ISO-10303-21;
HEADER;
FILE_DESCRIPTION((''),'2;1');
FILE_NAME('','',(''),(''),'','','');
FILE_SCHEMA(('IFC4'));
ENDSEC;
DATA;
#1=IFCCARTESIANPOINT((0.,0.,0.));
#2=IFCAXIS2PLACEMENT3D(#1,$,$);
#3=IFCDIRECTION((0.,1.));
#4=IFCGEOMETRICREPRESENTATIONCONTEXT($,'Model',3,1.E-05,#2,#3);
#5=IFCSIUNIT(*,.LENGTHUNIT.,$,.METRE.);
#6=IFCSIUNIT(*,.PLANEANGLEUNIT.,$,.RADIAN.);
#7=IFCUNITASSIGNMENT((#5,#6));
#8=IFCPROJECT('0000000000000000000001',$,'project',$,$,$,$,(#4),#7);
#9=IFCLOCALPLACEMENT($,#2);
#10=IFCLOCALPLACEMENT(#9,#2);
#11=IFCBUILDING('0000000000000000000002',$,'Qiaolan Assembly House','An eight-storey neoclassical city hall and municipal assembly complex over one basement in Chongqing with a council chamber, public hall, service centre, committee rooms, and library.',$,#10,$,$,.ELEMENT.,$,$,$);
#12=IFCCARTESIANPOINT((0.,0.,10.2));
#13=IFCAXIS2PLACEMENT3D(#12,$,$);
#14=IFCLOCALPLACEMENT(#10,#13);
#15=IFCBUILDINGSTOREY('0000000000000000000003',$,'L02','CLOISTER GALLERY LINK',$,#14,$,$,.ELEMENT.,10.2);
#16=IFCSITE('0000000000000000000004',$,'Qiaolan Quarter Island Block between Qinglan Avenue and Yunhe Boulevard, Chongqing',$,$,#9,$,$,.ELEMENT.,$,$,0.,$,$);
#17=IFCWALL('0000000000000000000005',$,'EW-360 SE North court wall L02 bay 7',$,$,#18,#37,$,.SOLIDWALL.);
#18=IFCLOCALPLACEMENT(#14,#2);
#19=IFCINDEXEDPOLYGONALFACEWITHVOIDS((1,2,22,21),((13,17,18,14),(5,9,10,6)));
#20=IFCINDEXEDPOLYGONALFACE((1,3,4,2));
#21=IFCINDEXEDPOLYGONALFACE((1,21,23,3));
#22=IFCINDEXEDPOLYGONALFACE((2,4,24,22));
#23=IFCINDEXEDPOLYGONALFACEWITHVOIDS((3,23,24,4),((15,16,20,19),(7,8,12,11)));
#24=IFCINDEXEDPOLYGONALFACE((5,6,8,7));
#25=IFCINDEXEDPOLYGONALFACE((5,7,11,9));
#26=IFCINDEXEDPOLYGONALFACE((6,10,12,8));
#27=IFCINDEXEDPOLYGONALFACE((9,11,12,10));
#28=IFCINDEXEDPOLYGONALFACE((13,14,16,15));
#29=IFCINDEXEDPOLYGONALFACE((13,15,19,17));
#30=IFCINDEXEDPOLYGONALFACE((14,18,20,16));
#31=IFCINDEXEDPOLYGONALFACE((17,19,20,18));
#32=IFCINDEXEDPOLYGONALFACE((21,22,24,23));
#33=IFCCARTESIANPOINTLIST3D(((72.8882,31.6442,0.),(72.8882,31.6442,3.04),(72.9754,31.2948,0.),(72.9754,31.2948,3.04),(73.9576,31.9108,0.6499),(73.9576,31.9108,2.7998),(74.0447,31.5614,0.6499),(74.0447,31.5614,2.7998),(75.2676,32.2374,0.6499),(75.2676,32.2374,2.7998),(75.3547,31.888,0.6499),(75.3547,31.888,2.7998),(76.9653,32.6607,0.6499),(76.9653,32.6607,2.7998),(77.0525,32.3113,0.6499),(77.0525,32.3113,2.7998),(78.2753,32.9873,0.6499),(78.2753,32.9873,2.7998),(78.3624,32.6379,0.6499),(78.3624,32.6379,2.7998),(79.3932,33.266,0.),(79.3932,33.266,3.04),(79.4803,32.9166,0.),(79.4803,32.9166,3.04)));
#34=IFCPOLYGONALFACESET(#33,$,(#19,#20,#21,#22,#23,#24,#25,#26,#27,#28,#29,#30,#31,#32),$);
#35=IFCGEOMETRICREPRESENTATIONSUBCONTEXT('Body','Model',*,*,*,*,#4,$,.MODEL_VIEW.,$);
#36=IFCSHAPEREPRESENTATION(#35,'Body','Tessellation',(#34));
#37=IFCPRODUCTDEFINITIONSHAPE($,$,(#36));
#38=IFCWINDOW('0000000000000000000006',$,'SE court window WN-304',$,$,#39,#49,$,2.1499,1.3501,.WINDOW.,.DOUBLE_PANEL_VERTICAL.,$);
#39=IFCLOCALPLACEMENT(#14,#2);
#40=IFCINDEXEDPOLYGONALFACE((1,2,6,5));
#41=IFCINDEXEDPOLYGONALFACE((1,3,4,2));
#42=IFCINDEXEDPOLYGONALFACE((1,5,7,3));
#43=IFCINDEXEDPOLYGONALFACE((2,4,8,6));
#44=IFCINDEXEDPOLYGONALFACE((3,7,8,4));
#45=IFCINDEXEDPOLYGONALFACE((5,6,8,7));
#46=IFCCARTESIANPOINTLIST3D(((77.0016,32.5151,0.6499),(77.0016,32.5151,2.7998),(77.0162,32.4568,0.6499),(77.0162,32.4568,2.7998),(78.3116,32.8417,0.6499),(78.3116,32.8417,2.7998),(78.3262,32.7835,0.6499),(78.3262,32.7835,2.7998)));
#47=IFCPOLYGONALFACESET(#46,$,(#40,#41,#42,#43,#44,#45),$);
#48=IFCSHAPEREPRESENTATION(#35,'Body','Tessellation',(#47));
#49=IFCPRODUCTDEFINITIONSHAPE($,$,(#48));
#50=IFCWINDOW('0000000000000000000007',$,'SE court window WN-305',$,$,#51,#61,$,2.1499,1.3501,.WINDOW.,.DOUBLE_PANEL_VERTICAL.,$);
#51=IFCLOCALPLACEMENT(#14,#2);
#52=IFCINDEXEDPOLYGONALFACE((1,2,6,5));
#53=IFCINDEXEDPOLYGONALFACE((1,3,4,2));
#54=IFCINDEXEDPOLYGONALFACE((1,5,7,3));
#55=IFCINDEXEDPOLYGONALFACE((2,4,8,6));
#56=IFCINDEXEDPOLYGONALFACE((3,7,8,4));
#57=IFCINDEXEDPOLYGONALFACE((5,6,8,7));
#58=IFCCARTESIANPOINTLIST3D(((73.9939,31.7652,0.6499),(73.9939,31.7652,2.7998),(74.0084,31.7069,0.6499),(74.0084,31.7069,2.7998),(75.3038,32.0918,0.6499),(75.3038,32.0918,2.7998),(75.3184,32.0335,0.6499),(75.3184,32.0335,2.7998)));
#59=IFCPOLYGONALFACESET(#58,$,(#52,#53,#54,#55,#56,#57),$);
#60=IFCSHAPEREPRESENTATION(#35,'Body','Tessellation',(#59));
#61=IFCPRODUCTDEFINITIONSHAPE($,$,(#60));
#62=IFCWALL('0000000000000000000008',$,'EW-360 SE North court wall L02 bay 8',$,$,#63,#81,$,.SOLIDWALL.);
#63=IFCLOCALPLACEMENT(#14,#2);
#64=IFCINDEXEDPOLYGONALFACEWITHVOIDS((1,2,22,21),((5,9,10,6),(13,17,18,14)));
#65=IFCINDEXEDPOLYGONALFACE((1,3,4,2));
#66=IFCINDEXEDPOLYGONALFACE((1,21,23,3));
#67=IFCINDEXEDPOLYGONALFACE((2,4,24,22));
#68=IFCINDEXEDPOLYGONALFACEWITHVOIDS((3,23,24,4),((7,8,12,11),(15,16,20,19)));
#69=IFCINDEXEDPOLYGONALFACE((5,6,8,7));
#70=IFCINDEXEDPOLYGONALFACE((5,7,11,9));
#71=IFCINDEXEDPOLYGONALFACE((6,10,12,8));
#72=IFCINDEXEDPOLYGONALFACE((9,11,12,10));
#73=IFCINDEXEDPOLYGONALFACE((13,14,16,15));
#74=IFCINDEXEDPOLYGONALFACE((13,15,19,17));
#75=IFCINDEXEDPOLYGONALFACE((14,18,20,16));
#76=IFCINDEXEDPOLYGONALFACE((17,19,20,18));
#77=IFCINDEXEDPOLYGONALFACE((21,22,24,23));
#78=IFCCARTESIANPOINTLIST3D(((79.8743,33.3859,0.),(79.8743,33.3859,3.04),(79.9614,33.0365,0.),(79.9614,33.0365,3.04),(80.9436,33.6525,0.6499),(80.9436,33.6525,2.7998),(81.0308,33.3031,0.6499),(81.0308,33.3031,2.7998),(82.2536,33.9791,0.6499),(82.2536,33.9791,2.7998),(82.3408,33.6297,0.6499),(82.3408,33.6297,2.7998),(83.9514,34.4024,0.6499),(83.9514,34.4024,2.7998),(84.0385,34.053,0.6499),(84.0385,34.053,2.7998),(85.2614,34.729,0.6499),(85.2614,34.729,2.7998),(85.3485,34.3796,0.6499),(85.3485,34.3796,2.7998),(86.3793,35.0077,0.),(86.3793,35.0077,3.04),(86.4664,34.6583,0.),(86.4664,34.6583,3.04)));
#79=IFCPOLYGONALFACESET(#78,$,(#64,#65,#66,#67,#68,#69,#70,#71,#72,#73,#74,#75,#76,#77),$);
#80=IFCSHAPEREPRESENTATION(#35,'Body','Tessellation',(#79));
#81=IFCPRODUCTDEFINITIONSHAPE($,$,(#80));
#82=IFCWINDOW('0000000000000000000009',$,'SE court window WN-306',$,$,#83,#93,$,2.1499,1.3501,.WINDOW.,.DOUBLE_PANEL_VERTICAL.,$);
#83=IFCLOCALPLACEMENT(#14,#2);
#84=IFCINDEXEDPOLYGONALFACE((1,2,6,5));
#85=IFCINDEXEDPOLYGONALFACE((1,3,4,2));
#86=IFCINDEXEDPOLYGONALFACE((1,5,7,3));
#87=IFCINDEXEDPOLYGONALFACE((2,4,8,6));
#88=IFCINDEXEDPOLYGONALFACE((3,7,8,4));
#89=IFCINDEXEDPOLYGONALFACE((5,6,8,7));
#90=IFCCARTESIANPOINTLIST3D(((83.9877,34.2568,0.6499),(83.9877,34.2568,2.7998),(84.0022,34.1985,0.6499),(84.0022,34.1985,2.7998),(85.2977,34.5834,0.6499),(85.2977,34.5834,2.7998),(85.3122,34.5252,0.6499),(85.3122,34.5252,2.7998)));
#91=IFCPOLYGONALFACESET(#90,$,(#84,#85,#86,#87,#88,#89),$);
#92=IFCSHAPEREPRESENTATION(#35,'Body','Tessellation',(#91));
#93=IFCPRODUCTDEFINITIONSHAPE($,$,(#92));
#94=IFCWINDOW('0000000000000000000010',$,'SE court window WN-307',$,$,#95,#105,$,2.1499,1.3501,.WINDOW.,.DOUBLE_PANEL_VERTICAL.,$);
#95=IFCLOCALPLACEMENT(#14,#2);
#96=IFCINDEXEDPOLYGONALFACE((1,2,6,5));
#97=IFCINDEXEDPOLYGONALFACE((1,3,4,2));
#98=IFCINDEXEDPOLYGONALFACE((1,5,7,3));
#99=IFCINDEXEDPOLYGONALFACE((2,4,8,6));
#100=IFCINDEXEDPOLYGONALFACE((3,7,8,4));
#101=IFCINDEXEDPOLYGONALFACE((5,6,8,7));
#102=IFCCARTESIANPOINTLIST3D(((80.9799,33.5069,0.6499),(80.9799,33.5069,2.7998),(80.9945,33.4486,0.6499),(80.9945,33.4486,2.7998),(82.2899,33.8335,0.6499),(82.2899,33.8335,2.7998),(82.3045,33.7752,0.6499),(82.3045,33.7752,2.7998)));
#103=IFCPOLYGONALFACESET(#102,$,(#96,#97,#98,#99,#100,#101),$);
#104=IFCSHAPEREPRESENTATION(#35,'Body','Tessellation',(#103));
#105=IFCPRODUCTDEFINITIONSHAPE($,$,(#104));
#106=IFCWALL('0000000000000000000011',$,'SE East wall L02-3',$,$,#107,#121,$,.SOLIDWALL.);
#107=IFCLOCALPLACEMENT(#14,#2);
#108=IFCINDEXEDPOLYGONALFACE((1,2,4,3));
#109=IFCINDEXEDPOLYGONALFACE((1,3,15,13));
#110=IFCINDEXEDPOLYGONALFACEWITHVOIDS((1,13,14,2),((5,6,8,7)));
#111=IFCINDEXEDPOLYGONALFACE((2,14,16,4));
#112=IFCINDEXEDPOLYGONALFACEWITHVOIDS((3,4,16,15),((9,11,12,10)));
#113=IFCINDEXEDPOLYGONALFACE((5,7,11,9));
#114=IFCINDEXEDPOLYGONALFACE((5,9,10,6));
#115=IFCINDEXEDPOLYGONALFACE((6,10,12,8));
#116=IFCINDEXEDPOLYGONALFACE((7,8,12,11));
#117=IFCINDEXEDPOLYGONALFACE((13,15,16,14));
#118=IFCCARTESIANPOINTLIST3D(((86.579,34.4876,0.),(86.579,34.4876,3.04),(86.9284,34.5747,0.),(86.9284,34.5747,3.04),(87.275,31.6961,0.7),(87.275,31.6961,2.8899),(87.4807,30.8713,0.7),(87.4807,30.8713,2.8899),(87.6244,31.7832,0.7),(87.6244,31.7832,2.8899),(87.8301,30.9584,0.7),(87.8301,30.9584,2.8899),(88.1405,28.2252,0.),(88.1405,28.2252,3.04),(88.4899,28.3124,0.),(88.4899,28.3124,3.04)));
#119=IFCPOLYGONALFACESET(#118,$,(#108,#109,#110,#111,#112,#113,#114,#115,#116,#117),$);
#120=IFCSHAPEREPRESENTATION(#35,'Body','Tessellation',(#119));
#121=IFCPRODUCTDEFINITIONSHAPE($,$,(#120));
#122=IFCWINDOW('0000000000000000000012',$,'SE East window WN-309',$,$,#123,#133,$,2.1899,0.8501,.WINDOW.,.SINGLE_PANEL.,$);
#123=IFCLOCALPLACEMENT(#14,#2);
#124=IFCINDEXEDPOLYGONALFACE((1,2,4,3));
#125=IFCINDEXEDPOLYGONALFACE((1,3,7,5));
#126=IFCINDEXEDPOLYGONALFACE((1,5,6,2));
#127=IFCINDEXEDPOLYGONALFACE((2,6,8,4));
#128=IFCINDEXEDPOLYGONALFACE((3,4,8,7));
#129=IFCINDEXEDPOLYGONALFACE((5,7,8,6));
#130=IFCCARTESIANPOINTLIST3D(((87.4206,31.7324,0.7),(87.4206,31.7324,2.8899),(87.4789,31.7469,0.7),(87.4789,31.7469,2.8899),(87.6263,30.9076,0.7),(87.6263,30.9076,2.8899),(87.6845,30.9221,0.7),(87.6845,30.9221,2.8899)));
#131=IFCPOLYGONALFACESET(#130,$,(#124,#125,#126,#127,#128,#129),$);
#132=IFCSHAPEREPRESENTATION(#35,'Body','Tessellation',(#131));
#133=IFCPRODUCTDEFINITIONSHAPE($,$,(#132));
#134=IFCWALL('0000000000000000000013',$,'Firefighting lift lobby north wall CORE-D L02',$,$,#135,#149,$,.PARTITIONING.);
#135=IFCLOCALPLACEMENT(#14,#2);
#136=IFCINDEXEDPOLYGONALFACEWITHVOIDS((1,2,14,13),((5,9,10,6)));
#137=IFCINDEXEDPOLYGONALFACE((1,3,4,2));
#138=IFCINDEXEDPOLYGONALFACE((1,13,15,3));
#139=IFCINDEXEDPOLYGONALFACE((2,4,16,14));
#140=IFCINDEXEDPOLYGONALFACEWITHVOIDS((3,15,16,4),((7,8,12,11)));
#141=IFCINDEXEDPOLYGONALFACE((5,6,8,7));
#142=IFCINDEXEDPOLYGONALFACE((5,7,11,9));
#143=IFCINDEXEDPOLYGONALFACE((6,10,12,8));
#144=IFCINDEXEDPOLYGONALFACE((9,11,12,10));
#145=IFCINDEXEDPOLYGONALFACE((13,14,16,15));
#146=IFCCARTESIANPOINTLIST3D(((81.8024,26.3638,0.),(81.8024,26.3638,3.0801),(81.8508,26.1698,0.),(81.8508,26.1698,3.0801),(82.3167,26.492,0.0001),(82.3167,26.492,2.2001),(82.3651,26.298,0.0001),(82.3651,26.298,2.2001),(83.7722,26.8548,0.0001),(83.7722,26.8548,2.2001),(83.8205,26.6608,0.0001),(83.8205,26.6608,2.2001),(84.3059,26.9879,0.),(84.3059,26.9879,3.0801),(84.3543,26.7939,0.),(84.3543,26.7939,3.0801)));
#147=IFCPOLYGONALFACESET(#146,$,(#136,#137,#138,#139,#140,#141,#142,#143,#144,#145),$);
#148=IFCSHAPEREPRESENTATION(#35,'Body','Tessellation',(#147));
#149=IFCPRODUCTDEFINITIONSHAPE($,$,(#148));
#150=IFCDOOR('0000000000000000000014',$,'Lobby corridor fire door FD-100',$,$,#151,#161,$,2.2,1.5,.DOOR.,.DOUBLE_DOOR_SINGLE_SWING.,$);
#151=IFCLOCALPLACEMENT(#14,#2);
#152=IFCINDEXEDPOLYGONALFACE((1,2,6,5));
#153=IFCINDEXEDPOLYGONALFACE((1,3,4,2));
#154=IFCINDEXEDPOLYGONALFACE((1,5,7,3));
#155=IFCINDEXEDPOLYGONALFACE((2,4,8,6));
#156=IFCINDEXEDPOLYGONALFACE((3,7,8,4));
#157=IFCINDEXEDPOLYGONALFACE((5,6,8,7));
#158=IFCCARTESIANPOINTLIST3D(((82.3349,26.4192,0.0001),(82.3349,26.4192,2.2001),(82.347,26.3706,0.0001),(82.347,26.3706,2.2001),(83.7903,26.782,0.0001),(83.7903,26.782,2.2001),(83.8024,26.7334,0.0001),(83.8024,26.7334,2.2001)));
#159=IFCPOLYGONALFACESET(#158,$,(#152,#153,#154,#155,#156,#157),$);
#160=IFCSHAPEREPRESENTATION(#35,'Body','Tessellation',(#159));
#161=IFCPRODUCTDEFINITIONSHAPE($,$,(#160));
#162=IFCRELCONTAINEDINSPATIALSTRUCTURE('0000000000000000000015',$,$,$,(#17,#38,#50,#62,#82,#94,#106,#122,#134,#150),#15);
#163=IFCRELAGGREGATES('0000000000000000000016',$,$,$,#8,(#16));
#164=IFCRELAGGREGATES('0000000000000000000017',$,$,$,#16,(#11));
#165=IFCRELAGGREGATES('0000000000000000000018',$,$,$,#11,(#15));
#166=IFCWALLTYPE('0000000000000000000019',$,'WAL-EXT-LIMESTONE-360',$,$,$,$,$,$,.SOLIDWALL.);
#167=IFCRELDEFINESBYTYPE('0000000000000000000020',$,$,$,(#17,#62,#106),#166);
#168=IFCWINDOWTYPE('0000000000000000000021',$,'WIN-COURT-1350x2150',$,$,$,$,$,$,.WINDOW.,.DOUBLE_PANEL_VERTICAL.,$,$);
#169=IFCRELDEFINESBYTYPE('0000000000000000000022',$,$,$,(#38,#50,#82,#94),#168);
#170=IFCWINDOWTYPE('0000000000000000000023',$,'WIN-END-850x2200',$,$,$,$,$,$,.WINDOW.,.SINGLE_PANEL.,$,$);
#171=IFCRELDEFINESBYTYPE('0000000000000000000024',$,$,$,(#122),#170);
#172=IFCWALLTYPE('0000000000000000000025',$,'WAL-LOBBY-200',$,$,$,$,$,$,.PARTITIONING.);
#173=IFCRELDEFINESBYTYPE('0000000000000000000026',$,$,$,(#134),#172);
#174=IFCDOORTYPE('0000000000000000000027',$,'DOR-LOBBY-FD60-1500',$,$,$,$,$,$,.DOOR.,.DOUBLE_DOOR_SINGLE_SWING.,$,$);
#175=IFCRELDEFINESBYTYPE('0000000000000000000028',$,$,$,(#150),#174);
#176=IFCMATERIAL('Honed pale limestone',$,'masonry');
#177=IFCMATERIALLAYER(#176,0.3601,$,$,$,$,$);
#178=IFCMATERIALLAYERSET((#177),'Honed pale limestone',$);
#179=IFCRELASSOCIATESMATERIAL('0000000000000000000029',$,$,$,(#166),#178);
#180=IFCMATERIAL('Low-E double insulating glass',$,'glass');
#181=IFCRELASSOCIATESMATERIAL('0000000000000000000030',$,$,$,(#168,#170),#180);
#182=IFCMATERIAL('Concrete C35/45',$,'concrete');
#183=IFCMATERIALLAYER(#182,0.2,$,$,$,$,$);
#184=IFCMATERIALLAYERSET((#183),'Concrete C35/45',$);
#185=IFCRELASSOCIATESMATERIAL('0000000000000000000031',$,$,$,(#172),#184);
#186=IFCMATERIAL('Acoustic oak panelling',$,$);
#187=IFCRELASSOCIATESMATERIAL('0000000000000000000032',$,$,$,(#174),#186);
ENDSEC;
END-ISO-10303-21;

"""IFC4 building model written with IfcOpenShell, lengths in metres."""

from ifc_helpers import new_model, si_unit, direction, frame, frame_2d, origin, place, context, subcontext, project, spatial, rectangle, extrude, material, layer, layer_set, type_object, element, fill, save


model = new_model("IFC4")

# Units and contexts
model_context = context("Model", 3, precision=1e-05, world=origin(), true_north=direction((0.0, 1.0)))
body_context = subcontext(model_context, "Body", "Model", "MODEL_VIEW")
ifc_project = project(units=[si_unit("LENGTHUNIT", "METRE"), si_unit("PLANEANGLEUNIT", "RADIAN")], contexts=[model_context])

# Site, building, storey
site_placement = place(None, origin())
site = spatial("IfcSite", under=ifc_project, at=site_placement, Name="Qiaolan Quarter Island Block between Qinglan Avenue and Yunhe Boulevard, Chongqing", CompositionType="ELEMENT", RefElevation=0.0)
building_placement = place(site_placement, origin())
building = spatial("IfcBuilding", under=site, at=building_placement, Name="Qiaolan Assembly House", Description="An eight-storey neoclassical city hall and municipal assembly complex over one basement in Chongqing with a council chamber, public hall, service centre, committee rooms, and library.", CompositionType="ELEMENT")
storey_placement = place(building_placement, frame((0.0, 0.0, 10.2)))
storey = spatial("IfcBuildingStorey", under=building, at=storey_placement, Name="L02", Description="CLOISTER GALLERY LINK", CompositionType="ELEMENT", Elevation=10.2)

# Walls, openings, windows
ifc_material_1 = material(Name="Honed pale limestone", Category="masonry")
ifc_layer_1 = layer(ifc_material_1, 0.3601)
ifc_layer_set_1 = layer_set([ifc_layer_1], Name="Honed pale limestone")
wall_type_1 = type_object("IfcWallType", Name="WAL-EXT-LIMESTONE-360", PredefinedType="SOLIDWALL", material=ifc_layer_set_1)
wall_1_placement = place(storey_placement, frame((79.4368, 33.0913, 0.0), z_axis=(0.0, 0.0, 1.0), x_axis=(-0.970297, -0.241919, 0.0)))
wall_1 = element("IfcWall", 1, at=wall_1_placement, inside=storey, type_object=wall_type_1, Name="EW-360 SE North court wall L02 bay 7", PredefinedType="SOLIDWALL", context=body_context, shape_type="SweptSolid", body=[
    extrude(rectangle(XDim=6.7041, YDim=0.3601, at=frame_2d((3.3521, 0.0))), origin(), (0.0, 0.0, 1.0), 3.04),
])
opening_1_placement = place(wall_1_placement, frame((1.1521, 0.0, 0.6499)))
opening_1 = element("IfcOpeningElement", 2, at=opening_1_placement, cuts=wall_1, PredefinedType="OPENING", context=body_context, shape_type="SweptSolid", body=[
    extrude(rectangle(XDim=1.3501, YDim=2.1499, at=frame_2d((0.675, 1.075))), frame((0.0, 0.1899, 0.0), z_axis=(0.0, -1.0, 0.0), x_axis=(1.0, 0.0, 0.0)), (0.0, 0.0, 1.0), 0.3801),
])
opening_2_placement = place(wall_1_placement, frame((4.252, 0.0, 0.6499)))
opening_2 = element("IfcOpeningElement", 3, at=opening_2_placement, cuts=wall_1, PredefinedType="OPENING", context=body_context, shape_type="SweptSolid", body=[
    extrude(rectangle(XDim=1.3501, YDim=2.1499, at=frame_2d((0.675, 1.075))), frame((0.0, 0.1899, 0.0), z_axis=(0.0, -1.0, 0.0), x_axis=(1.0, 0.0, 0.0)), (0.0, 0.0, 1.0), 0.3801),
])
ifc_material_2 = material(Name="Low-E double insulating glass", Category="glass")
window_type_1 = type_object("IfcWindowType", Name="WIN-COURT-1350x2150", PartitioningType="DOUBLE_PANEL_VERTICAL", PredefinedType="WINDOW", material=ifc_material_2)
window_1_placement = place(opening_1_placement, origin())
window_1 = element("IfcWindow", 4, at=window_1_placement, inside=storey, type_object=window_type_1, Name="SE court window WN-304", OverallHeight=2.1499, OverallWidth=1.3501, PartitioningType="DOUBLE_PANEL_VERTICAL", PredefinedType="WINDOW", context=body_context, shape_type="SweptSolid", body=[
    extrude(rectangle(XDim=1.3501, YDim=2.1499, at=frame_2d((0.675, 1.075))), frame((0.0, 0.03, 0.0), z_axis=(0.0, -1.0, 0.0), x_axis=(1.0, 0.0, 0.0)), (0.0, 0.0, 1.0), 0.0601),
])
fill(opening_1, window_1)
window_2_placement = place(opening_2_placement, origin())
window_2 = element("IfcWindow", 5, at=window_2_placement, inside=storey, type_object=window_type_1, Name="SE court window WN-305", OverallHeight=2.1499, OverallWidth=1.3501, PartitioningType="DOUBLE_PANEL_VERTICAL", PredefinedType="WINDOW", context=body_context, shape_type="SweptSolid", body=[
    extrude(rectangle(XDim=1.3501, YDim=2.1499, at=frame_2d((0.675, 1.075))), frame((0.0, 0.03, 0.0), z_axis=(0.0, -1.0, 0.0), x_axis=(1.0, 0.0, 0.0)), (0.0, 0.0, 1.0), 0.0601),
])
fill(opening_2, window_2)
wall_2_placement = place(storey_placement, frame((86.4229, 34.833, 0.0), z_axis=(0.0, 0.0, 1.0), x_axis=(-0.970297, -0.241919, 0.0)))
wall_2 = element("IfcWall", 6, at=wall_2_placement, inside=storey, type_object=wall_type_1, Name="EW-360 SE North court wall L02 bay 8", PredefinedType="SOLIDWALL", context=body_context, shape_type="SweptSolid", body=[
    extrude(rectangle(XDim=6.7041, YDim=0.3601, at=frame_2d((3.3521, 0.0))), origin(), (0.0, 0.0, 1.0), 3.04),
])
opening_3_placement = place(wall_2_placement, frame((1.1521, 0.0, 0.6499)))
opening_3 = element("IfcOpeningElement", 7, at=opening_3_placement, cuts=wall_2, PredefinedType="OPENING", context=body_context, shape_type="SweptSolid", body=[
    extrude(rectangle(XDim=1.3501, YDim=2.1499, at=frame_2d((0.675, 1.075))), frame((0.0, 0.1899, 0.0), z_axis=(0.0, -1.0, 0.0), x_axis=(1.0, 0.0, 0.0)), (0.0, 0.0, 1.0), 0.3801),
])
opening_4_placement = place(wall_2_placement, frame((4.252, 0.0, 0.6499)))
opening_4 = element("IfcOpeningElement", 8, at=opening_4_placement, cuts=wall_2, PredefinedType="OPENING", context=body_context, shape_type="SweptSolid", body=[
    extrude(rectangle(XDim=1.3501, YDim=2.1499, at=frame_2d((0.675, 1.075))), frame((0.0, 0.1899, 0.0), z_axis=(0.0, -1.0, 0.0), x_axis=(1.0, 0.0, 0.0)), (0.0, 0.0, 1.0), 0.3801),
])
window_3_placement = place(opening_3_placement, origin())
window_3 = element("IfcWindow", 9, at=window_3_placement, inside=storey, type_object=window_type_1, Name="SE court window WN-306", OverallHeight=2.1499, OverallWidth=1.3501, PartitioningType="DOUBLE_PANEL_VERTICAL", PredefinedType="WINDOW", context=body_context, shape_type="SweptSolid", body=[
    extrude(rectangle(XDim=1.3501, YDim=2.1499, at=frame_2d((0.675, 1.075))), frame((0.0, 0.03, 0.0), z_axis=(0.0, -1.0, 0.0), x_axis=(1.0, 0.0, 0.0)), (0.0, 0.0, 1.0), 0.0601),
])
fill(opening_3, window_3)
window_4_placement = place(opening_4_placement, origin())
window_4 = element("IfcWindow", 10, at=window_4_placement, inside=storey, type_object=window_type_1, Name="SE court window WN-307", OverallHeight=2.1499, OverallWidth=1.3501, PartitioningType="DOUBLE_PANEL_VERTICAL", PredefinedType="WINDOW", context=body_context, shape_type="SweptSolid", body=[
    extrude(rectangle(XDim=1.3501, YDim=2.1499, at=frame_2d((0.675, 1.075))), frame((0.0, 0.03, 0.0), z_axis=(0.0, -1.0, 0.0), x_axis=(1.0, 0.0, 0.0)), (0.0, 0.0, 1.0), 0.0601),
])
fill(opening_4, window_4)

# Wall, opening, window
wall_3_placement = place(storey_placement, frame((88.3152, 28.2688, 0.0), z_axis=(0.0, 0.0, 1.0), x_axis=(-0.241939, 0.970291, 0.0)))
wall_3 = element("IfcWall", 11, at=wall_3_placement, inside=storey, type_object=wall_type_1, Name="SE East wall L02-3", PredefinedType="SOLIDWALL", context=body_context, shape_type="SweptSolid", body=[
    extrude(rectangle(XDim=6.4541, YDim=0.3601, at=frame_2d((3.2271, 0.0))), origin(), (0.0, 0.0, 1.0), 3.04),
])
opening_5_placement = place(wall_3_placement, frame((2.7271, 0.0, 0.7)))
opening_5 = element("IfcOpeningElement", 12, at=opening_5_placement, cuts=wall_3, PredefinedType="OPENING", context=body_context, shape_type="SweptSolid", body=[
    extrude(rectangle(XDim=0.8501, YDim=2.1899, at=frame_2d((0.425, 1.095))), frame((0.0, 0.1899, 0.0), z_axis=(0.0, -1.0, 0.0), x_axis=(1.0, 0.0, 0.0)), (0.0, 0.0, 1.0), 0.3801),
])
window_type_2 = type_object("IfcWindowType", Name="WIN-END-850x2200", PartitioningType="SINGLE_PANEL", PredefinedType="WINDOW", material=ifc_material_2)
window_5_placement = place(opening_5_placement, origin())
window_5 = element("IfcWindow", 13, at=window_5_placement, inside=storey, type_object=window_type_2, Name="SE East window WN-309", OverallHeight=2.1899, OverallWidth=0.8501, PartitioningType="SINGLE_PANEL", PredefinedType="WINDOW", context=body_context, shape_type="SweptSolid", body=[
    extrude(rectangle(XDim=0.8501, YDim=2.1899, at=frame_2d((0.425, 1.095))), frame((0.0, 0.03, 0.0), z_axis=(0.0, -1.0, 0.0), x_axis=(1.0, 0.0, 0.0)), (0.0, 0.0, 1.0), 0.0601),
])
fill(opening_5, window_5)

# Wall, opening, door
ifc_material_3 = material(Name="Concrete C35/45", Category="concrete")
ifc_layer_2 = layer(ifc_material_3, 0.2)
ifc_layer_set_2 = layer_set([ifc_layer_2], Name="Concrete C35/45")
wall_type_2 = type_object("IfcWallType", Name="WAL-LOBBY-200", PredefinedType="PARTITIONING", material=ifc_layer_set_2)
wall_4_placement = place(storey_placement, frame((84.3301, 26.8909, 0.0), z_axis=(0.0, 0.0, 1.0), x_axis=(-0.970309, -0.241868, 0.0)))
wall_4 = element("IfcWall", 14, at=wall_4_placement, inside=storey, type_object=wall_type_2, Name="Firefighting lift lobby north wall CORE-D L02", PredefinedType="PARTITIONING", context=body_context, shape_type="SweptSolid", body=[
    extrude(rectangle(XDim=2.5801, YDim=0.2, at=frame_2d((1.29, 0.0))), origin(), (0.0, 0.0, 1.0), 3.0801),
])
opening_6_placement = place(wall_4_placement, frame((0.55, 0.0, 0.0)))
opening_6 = element("IfcOpeningElement", 15, at=opening_6_placement, cuts=wall_4, PredefinedType="OPENING", context=body_context, shape_type="SweptSolid", body=[
    extrude(rectangle(XDim=1.5, YDim=2.2, at=frame_2d((0.75, 1.1001))), frame((0.0, 0.1099, 0.0), z_axis=(0.0, -1.0, 0.0), x_axis=(1.0, 0.0, 0.0)), (0.0, 0.0, 1.0), 0.22),
])
ifc_material_4 = material(Name="Acoustic oak panelling")
door_type_1 = type_object("IfcDoorType", Name="DOR-LOBBY-FD60-1500", OperationType="DOUBLE_DOOR_SINGLE_SWING", PredefinedType="DOOR", material=ifc_material_4)
door_1_placement = place(opening_6_placement, frame((1.5, 0.0, 0.0), z_axis=(0.0, 0.0, 1.0), x_axis=(-1.0, 0.0, 0.0)))
door_1 = element("IfcDoor", 16, at=door_1_placement, inside=storey, type_object=door_type_1, Name="Lobby corridor fire door FD-100", OperationType="DOUBLE_DOOR_SINGLE_SWING", OverallHeight=2.2, OverallWidth=1.5, PredefinedType="DOOR", context=body_context, shape_type="SweptSolid", body=[
    extrude(rectangle(XDim=1.5, YDim=2.2, at=frame_2d((0.75, 1.1001))), frame((0.0, 0.0249, 0.0), z_axis=(0.0, -1.0, 0.0), x_axis=(1.0, 0.0, 0.0)), (0.0, 0.0, 1.0), 0.05),
])
fill(opening_6, door_1)

save(model, "model.ifc")
